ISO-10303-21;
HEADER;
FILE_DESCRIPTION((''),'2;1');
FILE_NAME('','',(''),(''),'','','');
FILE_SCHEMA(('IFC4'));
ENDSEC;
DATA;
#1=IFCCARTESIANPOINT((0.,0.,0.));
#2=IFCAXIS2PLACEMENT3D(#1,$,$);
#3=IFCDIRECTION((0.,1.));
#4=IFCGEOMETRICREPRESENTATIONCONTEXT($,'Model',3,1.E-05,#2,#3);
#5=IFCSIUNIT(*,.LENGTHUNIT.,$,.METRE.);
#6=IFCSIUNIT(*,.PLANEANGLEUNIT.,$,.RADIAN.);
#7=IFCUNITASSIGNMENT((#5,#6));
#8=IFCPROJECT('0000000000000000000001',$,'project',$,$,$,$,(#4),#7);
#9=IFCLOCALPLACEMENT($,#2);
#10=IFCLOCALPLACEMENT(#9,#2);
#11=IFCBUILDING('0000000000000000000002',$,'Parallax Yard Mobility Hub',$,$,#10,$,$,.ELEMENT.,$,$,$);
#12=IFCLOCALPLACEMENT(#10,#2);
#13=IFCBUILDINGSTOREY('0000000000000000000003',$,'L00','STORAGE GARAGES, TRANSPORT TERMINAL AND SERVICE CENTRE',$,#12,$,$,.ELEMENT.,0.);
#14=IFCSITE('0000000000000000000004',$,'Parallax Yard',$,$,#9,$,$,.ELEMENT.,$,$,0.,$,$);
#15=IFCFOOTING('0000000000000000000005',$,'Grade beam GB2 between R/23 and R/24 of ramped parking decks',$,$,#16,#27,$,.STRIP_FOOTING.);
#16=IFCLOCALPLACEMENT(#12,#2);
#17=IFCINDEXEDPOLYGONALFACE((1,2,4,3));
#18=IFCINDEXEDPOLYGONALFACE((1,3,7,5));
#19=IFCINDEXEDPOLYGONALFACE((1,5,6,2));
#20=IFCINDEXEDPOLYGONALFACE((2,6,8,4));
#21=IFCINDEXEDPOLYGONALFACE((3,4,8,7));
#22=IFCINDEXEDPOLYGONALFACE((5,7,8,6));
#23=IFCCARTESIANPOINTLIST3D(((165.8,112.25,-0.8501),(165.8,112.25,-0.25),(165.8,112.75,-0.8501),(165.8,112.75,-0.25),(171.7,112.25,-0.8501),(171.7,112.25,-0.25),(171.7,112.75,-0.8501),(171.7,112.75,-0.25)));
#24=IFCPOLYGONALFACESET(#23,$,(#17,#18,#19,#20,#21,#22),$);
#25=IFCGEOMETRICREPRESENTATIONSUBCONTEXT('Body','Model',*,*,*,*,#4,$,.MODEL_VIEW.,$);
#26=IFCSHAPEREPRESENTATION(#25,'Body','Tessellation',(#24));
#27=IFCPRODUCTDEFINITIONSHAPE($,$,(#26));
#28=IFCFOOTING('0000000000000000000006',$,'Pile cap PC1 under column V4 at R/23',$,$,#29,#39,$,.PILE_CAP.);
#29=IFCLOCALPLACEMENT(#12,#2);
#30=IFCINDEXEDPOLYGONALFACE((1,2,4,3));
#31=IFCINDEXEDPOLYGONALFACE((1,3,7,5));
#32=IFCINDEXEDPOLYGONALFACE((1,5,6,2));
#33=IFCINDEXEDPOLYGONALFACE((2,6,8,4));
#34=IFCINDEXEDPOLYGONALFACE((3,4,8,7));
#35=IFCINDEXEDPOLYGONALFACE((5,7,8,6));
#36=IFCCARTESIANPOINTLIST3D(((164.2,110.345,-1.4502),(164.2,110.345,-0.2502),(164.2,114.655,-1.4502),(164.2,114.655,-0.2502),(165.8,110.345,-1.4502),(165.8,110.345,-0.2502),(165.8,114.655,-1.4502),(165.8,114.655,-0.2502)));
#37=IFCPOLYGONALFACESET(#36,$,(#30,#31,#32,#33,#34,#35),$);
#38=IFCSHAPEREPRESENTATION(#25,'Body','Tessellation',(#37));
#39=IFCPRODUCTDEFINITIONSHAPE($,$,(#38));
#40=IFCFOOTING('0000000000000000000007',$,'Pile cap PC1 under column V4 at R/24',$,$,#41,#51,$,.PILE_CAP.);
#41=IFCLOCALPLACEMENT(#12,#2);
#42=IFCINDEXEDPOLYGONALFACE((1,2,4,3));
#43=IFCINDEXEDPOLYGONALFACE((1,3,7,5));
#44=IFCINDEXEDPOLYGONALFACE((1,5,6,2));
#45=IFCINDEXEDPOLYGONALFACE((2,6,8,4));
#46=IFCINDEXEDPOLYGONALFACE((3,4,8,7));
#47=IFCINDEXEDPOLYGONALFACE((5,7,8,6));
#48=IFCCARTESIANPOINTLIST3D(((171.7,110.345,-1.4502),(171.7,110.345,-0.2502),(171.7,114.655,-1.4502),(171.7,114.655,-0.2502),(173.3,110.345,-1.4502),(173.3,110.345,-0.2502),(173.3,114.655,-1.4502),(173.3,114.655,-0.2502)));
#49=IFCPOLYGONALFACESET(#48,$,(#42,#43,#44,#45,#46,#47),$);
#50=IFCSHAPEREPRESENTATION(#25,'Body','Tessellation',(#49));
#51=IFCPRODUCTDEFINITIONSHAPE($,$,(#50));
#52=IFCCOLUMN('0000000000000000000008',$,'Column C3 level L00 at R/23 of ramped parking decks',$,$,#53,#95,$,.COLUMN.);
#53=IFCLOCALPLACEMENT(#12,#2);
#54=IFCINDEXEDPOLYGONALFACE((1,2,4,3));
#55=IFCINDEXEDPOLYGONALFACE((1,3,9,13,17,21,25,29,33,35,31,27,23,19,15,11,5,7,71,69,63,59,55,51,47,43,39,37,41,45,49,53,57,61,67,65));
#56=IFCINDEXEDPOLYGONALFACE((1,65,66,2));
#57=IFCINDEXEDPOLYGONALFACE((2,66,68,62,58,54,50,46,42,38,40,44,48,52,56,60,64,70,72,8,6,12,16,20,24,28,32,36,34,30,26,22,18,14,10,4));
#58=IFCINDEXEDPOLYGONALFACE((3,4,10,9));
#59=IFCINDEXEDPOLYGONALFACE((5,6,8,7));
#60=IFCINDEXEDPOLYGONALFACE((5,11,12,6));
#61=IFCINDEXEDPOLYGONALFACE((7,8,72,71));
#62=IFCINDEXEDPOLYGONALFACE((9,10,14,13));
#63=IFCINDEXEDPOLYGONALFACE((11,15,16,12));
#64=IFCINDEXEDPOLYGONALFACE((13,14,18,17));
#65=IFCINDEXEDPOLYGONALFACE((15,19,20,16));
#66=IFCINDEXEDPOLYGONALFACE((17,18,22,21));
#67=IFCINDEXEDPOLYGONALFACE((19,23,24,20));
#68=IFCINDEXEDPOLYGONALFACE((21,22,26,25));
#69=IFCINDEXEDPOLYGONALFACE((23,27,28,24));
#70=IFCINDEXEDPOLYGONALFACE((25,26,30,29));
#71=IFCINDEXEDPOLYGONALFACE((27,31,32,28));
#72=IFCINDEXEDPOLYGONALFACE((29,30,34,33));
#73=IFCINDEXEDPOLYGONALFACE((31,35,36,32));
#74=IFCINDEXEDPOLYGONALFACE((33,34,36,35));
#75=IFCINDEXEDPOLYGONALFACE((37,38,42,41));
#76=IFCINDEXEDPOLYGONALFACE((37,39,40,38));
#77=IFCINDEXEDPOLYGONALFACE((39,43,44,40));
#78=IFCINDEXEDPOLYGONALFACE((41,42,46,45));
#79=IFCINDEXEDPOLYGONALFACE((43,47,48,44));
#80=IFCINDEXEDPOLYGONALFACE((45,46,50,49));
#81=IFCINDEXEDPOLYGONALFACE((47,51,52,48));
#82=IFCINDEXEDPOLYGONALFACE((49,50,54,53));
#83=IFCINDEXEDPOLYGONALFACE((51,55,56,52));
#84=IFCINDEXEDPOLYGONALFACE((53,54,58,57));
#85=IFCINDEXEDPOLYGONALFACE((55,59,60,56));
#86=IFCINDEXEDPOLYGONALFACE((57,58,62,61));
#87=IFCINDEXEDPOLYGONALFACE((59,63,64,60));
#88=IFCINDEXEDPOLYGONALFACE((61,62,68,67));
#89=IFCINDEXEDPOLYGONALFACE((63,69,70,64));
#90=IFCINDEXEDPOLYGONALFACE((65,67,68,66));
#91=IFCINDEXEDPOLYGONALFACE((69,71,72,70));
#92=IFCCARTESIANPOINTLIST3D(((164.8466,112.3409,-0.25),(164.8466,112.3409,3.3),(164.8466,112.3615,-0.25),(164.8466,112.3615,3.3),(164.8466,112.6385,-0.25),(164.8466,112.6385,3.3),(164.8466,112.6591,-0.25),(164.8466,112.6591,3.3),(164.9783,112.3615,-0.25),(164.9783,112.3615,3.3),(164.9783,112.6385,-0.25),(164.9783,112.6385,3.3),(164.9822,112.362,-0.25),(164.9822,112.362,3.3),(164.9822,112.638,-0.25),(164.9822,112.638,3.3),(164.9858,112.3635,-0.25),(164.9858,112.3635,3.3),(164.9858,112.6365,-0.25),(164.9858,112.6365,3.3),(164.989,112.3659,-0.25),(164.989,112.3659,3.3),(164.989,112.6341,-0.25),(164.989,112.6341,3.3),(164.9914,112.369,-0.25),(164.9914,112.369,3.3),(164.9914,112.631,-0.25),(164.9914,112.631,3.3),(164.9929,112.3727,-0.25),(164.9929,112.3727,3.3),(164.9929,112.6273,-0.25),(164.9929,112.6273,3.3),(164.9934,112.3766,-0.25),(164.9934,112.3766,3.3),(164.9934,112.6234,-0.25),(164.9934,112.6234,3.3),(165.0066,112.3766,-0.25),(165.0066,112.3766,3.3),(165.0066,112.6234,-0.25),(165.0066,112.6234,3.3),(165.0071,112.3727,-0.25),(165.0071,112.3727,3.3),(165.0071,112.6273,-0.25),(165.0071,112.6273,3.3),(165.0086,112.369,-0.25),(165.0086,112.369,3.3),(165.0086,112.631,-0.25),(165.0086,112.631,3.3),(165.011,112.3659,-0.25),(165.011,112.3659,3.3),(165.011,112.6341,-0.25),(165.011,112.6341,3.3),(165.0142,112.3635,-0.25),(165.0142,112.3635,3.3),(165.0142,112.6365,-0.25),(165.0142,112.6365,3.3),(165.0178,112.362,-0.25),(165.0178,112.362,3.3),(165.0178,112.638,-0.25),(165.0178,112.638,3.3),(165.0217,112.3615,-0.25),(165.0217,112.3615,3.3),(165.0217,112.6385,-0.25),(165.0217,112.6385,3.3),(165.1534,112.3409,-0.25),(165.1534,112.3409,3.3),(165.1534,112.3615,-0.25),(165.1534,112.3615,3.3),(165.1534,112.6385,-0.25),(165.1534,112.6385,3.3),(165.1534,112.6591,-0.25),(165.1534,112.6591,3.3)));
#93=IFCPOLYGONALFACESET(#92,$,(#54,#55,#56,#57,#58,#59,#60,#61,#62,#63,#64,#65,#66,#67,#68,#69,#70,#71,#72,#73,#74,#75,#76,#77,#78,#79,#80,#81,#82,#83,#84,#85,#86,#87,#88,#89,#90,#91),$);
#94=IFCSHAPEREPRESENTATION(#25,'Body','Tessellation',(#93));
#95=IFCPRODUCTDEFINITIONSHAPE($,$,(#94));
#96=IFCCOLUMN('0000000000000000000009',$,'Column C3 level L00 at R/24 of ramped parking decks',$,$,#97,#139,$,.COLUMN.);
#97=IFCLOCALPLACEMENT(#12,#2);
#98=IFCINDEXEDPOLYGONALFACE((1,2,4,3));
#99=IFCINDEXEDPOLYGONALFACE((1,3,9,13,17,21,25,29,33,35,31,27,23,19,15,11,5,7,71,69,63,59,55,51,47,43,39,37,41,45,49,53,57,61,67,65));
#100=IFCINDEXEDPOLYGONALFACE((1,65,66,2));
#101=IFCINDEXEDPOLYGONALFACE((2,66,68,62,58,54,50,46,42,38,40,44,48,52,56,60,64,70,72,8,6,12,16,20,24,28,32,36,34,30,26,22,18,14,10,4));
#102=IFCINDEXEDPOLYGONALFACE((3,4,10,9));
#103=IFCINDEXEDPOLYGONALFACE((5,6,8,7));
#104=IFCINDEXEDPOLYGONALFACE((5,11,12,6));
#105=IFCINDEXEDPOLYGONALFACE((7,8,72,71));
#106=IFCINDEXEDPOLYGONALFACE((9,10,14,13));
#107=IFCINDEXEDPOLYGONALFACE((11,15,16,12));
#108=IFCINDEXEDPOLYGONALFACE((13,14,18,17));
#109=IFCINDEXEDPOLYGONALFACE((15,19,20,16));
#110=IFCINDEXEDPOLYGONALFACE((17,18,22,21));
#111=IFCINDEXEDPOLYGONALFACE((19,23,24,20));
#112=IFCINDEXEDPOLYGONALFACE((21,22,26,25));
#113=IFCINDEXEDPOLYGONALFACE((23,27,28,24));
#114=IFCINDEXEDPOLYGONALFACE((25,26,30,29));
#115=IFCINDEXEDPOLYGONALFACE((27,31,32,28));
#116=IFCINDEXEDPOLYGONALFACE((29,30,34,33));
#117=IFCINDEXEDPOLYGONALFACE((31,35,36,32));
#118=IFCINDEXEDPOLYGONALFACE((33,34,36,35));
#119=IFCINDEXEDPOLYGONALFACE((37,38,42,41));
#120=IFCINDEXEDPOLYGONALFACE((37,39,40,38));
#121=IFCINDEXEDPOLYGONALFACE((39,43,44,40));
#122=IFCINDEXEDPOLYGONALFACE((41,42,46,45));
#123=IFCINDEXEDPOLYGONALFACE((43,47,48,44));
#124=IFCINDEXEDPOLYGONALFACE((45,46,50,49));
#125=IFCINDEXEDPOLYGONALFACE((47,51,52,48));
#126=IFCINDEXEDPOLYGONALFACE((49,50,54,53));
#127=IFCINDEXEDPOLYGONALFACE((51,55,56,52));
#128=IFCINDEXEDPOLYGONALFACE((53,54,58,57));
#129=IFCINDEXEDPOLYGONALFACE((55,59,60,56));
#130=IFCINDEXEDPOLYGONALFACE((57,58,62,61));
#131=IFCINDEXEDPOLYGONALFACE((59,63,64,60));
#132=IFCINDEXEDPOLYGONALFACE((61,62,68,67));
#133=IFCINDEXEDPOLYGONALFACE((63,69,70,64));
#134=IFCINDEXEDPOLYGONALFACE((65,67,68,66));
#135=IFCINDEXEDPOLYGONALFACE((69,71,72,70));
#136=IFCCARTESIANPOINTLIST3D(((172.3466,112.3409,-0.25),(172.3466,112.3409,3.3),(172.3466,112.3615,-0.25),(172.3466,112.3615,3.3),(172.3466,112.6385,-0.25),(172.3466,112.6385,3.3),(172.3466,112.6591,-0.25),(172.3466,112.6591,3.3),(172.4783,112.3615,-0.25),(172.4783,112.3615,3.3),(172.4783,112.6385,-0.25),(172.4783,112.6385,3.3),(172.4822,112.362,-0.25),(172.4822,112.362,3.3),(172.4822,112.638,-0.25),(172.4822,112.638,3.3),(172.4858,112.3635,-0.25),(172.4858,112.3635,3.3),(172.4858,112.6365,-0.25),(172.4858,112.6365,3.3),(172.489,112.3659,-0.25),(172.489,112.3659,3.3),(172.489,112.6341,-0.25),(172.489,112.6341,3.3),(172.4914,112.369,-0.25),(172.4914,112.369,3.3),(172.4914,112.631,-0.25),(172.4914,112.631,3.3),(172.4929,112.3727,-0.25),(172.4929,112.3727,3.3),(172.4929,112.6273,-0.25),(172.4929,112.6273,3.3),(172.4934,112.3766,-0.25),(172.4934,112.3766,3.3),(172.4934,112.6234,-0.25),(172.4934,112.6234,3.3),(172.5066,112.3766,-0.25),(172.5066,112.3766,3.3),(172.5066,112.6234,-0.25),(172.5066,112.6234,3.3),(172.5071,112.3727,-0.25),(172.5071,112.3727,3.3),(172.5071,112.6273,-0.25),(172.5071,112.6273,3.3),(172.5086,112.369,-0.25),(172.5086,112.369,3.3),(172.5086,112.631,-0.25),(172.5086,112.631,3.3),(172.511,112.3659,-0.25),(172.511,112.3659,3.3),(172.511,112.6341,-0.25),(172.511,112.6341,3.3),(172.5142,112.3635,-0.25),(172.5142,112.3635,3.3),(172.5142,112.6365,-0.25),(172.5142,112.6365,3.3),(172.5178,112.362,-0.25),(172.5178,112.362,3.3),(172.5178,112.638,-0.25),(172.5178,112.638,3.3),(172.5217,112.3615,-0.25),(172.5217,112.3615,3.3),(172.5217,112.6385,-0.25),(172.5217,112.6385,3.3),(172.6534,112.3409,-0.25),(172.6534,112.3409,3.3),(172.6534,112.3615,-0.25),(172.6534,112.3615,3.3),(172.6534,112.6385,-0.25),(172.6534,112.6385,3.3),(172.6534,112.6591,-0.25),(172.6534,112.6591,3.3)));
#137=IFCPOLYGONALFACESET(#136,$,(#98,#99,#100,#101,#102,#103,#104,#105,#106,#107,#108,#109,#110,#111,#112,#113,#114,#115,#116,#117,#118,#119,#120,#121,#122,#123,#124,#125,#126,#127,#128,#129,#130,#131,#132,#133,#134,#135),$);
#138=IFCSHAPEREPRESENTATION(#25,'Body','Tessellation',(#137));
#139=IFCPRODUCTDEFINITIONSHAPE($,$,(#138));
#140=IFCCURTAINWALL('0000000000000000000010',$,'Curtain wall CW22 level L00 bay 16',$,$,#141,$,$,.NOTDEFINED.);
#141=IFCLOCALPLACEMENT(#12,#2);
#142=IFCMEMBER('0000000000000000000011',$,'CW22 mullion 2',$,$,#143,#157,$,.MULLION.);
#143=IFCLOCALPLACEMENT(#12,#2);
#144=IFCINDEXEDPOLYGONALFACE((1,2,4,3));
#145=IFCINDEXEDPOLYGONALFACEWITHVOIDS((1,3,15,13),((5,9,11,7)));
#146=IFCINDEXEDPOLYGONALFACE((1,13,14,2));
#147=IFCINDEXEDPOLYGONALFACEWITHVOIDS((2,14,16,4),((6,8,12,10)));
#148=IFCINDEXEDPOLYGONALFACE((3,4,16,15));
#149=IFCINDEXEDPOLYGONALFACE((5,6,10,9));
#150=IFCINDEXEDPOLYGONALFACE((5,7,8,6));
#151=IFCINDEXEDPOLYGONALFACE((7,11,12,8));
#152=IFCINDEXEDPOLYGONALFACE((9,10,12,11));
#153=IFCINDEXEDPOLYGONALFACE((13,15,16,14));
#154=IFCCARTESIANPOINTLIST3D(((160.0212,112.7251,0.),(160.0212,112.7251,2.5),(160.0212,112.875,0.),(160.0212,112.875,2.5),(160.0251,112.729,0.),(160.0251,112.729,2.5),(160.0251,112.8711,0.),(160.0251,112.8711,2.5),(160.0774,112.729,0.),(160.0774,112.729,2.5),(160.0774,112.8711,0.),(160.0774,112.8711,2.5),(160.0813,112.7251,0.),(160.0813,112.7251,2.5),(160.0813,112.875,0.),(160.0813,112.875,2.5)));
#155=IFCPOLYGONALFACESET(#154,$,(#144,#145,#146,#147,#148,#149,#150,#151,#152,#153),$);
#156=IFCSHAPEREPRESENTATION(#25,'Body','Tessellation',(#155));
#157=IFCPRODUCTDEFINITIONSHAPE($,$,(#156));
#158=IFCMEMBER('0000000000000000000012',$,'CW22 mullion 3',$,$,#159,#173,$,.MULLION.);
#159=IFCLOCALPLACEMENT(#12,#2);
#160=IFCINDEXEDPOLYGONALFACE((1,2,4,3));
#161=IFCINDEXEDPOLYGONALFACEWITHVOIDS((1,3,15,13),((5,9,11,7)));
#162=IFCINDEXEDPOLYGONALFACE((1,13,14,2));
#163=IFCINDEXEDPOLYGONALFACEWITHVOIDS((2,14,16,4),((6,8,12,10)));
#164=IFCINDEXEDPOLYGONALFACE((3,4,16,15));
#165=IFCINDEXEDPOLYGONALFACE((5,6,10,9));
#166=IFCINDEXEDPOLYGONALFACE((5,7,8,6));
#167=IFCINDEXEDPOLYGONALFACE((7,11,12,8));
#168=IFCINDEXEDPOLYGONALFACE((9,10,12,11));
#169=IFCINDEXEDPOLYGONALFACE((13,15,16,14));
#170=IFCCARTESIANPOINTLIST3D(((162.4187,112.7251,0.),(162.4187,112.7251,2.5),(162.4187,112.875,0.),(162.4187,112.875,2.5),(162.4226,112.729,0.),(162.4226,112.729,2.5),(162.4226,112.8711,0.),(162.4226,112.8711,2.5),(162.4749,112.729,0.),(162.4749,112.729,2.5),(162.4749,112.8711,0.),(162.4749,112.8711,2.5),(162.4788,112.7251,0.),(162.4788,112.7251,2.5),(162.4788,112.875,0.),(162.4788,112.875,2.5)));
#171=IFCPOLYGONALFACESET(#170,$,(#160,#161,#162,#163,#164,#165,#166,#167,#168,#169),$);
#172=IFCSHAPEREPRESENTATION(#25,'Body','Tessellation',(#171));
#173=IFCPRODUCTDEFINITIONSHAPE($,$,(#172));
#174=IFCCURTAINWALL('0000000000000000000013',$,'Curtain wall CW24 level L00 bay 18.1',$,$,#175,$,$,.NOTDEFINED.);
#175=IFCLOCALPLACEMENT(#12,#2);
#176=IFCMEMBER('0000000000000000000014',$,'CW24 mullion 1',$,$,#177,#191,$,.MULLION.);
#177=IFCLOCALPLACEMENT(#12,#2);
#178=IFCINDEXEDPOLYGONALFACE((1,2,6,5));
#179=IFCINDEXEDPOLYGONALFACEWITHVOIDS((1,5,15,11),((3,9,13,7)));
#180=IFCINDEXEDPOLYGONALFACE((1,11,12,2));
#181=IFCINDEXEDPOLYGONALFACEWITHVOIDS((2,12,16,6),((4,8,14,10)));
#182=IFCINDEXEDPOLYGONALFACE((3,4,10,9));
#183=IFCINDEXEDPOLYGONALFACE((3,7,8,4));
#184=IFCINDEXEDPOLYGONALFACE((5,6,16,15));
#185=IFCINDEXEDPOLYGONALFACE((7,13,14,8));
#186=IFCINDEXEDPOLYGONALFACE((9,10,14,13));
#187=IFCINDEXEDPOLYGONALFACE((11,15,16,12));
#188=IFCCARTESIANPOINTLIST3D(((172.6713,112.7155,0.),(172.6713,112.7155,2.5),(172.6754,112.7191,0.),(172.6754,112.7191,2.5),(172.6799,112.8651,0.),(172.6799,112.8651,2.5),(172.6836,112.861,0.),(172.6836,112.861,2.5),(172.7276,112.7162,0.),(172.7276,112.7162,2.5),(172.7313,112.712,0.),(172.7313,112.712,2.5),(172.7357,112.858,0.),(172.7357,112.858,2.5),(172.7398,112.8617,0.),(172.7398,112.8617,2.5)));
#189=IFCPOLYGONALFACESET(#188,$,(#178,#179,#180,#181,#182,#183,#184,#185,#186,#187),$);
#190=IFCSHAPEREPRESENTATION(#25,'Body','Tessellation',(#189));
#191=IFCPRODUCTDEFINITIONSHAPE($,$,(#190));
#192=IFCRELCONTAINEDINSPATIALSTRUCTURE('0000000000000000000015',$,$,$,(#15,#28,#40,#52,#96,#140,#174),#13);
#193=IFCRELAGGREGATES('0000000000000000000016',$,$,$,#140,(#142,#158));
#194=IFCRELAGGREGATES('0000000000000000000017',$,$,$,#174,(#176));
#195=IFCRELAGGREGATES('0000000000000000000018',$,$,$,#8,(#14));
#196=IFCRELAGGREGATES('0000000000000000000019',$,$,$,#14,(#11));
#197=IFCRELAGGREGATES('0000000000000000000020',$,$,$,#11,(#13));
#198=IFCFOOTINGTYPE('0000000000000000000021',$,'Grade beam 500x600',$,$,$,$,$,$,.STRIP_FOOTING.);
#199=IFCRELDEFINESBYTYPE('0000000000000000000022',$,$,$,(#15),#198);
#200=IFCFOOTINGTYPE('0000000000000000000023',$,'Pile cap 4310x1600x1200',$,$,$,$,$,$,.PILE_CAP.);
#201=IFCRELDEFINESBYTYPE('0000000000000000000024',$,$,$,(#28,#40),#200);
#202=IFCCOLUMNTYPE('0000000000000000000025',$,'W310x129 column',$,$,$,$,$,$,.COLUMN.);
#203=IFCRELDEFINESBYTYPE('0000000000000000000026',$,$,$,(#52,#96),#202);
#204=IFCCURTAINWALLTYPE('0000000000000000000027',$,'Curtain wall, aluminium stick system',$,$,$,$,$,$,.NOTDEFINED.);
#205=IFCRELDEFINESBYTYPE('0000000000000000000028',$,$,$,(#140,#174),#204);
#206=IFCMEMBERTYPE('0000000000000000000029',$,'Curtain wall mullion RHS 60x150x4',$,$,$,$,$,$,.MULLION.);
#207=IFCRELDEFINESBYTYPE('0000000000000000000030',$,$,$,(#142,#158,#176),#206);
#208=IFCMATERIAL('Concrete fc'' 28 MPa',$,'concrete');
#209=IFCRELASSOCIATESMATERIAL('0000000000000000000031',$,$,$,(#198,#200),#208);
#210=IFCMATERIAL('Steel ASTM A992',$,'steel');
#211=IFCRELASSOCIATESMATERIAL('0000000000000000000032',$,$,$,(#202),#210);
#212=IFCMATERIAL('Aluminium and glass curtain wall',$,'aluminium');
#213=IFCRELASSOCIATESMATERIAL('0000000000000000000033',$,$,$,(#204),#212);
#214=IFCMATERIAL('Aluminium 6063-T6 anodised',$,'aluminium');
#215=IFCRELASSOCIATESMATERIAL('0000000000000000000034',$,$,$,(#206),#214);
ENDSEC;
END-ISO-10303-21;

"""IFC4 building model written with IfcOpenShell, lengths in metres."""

from ifc_helpers import new_model, si_unit, direction, frame, origin, origin_2d, place, context, subcontext, project, spatial, rectangle, hollow_rectangle, i_section, extrude, material, material_profile, profile_set, type_object, element, aggregate, save


model = new_model("IFC4")

# Units and contexts
model_context = context("Model", 3, precision=1e-05, world=origin(), true_north=direction((0.0, 1.0)))
body_context = subcontext(model_context, "Body", "Model", "MODEL_VIEW")
ifc_project = project(units=[si_unit("LENGTHUNIT", "METRE"), si_unit("PLANEANGLEUNIT", "RADIAN")], contexts=[model_context])

# Site, building, storey
site_placement = place(None, origin())
site = spatial("IfcSite", under=ifc_project, at=site_placement, Name="Parallax Yard", CompositionType="ELEMENT", RefElevation=0.0)
building_placement = place(site_placement, origin())
building = spatial("IfcBuilding", under=site, at=building_placement, Name="Parallax Yard Mobility Hub", CompositionType="ELEMENT")
storey_placement = place(building_placement, origin())
storey = spatial("IfcBuildingStorey", under=building, at=storey_placement, Name="L00", Description="STORAGE GARAGES, TRANSPORT TERMINAL AND SERVICE CENTRE", CompositionType="ELEMENT", Elevation=0.0)

# Footings
ifc_material_1 = material(Name="Concrete fc' 28 MPa", Category="concrete")
ifc_material_profile_1 = material_profile(ifc_material_1, rectangle(XDim=0.5, YDim=0.6001, at=origin_2d()), Name="Grade beam 500x600")
ifc_profile_set_1 = profile_set([ifc_material_profile_1], Name="Concrete fc' 28 MPa")
footing_type_1 = type_object("IfcFootingType", Name="Grade beam 500x600", PredefinedType="STRIP_FOOTING", material=ifc_profile_set_1)
footing_placement = place(storey_placement, frame((165.8, 112.5, -0.55), z_axis=(1.0, 0.0, 0.0), x_axis=(0.0, 1.0, 0.0)))
element("IfcFooting", 1, at=footing_placement, inside=storey, type_object=footing_type_1, Name="Grade beam GB2 between R/23 and R/24 of ramped parking decks", PredefinedType="STRIP_FOOTING", context=body_context, shape_type="SweptSolid", body=[
    extrude(rectangle(XDim=0.5, YDim=0.6001, at=origin_2d()), origin(), (0.0, 0.0, 1.0), 5.8999),
])
footing_type_2 = type_object("IfcFootingType", Name="Pile cap 4310x1600x1200", PredefinedType="PILE_CAP", material=ifc_material_1)
for number, where, z_axis, x_axis, name in (
    (2, (165.0, 112.5, -1.4502), (0.0, 0.0, 1.0), (0.0, 1.0, 0.0), "Pile cap PC1 under column V4 at R/23"),
    (3, (172.5, 112.5, -1.4502), (0.0, 0.0, 1.0), (0.0, 1.0, 0.0), "Pile cap PC1 under column V4 at R/24"),
):
    element("IfcFooting", number, at=place(storey_placement, frame(where, z_axis=z_axis, x_axis=x_axis)), inside=storey, type_object=footing_type_2, Name=name, PredefinedType="PILE_CAP", context=body_context, shape_type="SweptSolid", body=[
        extrude(rectangle(XDim=4.3101, YDim=1.6001, at=origin_2d()), origin(), (0.0, 0.0, 1.0), 1.2),
    ])

# Columns
ifc_material_2 = material(Name="Steel ASTM A992", Category="steel")
ifc_material_profile_2 = material_profile(ifc_material_2, i_section(OverallWidth=0.3069, OverallDepth=0.3181, WebThickness=0.0132, FlangeThickness=0.0205, FilletRadius=0.0151, at=origin_2d()), Name="W310x129")
ifc_profile_set_2 = profile_set([ifc_material_profile_2], Name="Steel ASTM A992")
column_type = type_object("IfcColumnType", Name="W310x129 column", PredefinedType="COLUMN", material=ifc_profile_set_2)
for number, where, z_axis, x_axis, name in (
    (4, (165.0, 112.5, -0.25), (0.0, 0.0, 1.0), (1.0, 0.0, 0.0), "Column C3 level L00 at R/23 of ramped parking decks"),
    (5, (172.5, 112.5, -0.25), (0.0, 0.0, 1.0), (1.0, 0.0, 0.0), "Column C3 level L00 at R/24 of ramped parking decks"),
):
    element("IfcColumn", number, at=place(storey_placement, frame(where, z_axis=z_axis, x_axis=x_axis)), inside=storey, type_object=column_type, Name=name, PredefinedType="COLUMN", context=body_context, shape_type="SweptSolid", body=[
        extrude(i_section(OverallWidth=0.3069, OverallDepth=0.3181, WebThickness=0.0132, FlangeThickness=0.0205, FilletRadius=0.0151, at=origin_2d()), origin(), (0.0, 0.0, 1.0), 3.55),
    ])

# Curtain walls, members
ifc_material_3 = material(Name="Aluminium and glass curtain wall", Category="aluminium")
curtain_wall_type = type_object("IfcCurtainWallType", Name="Curtain wall, aluminium stick system", PredefinedType="NOTDEFINED", material=ifc_material_3)
curtain_wall_1_placement = place(storey_placement, origin())
curtain_wall_1 = element("IfcCurtainWall", 6, at=curtain_wall_1_placement, inside=storey, type_object=curtain_wall_type, Name="Curtain wall CW22 level L00 bay 16", PredefinedType="NOTDEFINED")
ifc_material_4 = material(Name="Aluminium 6063-T6 anodised", Category="aluminium")
ifc_material_profile_3 = material_profile(ifc_material_4, hollow_rectangle(XDim=0.1499, YDim=0.0601, WallThickness=0.0039, at=origin_2d()), Name="RHS 60x150x4")
ifc_profile_set_3 = profile_set([ifc_material_profile_3], Name="Aluminium 6063-T6 anodised")
member_type_1 = type_object("IfcMemberType", Name="Curtain wall mullion RHS 60x150x4", PredefinedType="MULLION", material=ifc_profile_set_3)
member_1_placement = place(storey_placement, frame((160.0513, 112.8, 0.0), z_axis=(0.0, 0.0, 1.0), x_axis=(0.0, 1.0, 0.0)))
member_1 = element("IfcMember", 7, at=member_1_placement, type_object=member_type_1, Name="CW22 mullion 2", PredefinedType="MULLION", context=body_context, shape_type="SweptSolid", body=[
    extrude(hollow_rectangle(XDim=0.1499, YDim=0.0601, WallThickness=0.0039, at=origin_2d()), origin(), (0.0, 0.0, 1.0), 2.5),
])
member_2_placement = place(storey_placement, frame((162.4487, 112.8, 0.0), z_axis=(0.0, 0.0, 1.0), x_axis=(0.0, 1.0, 0.0)))
member_2 = element("IfcMember", 8, at=member_2_placement, type_object=member_type_1, Name="CW22 mullion 3", PredefinedType="MULLION", context=body_context, shape_type="SweptSolid", body=[
    extrude(hollow_rectangle(XDim=0.1499, YDim=0.0601, WallThickness=0.0039, at=origin_2d()), origin(), (0.0, 0.0, 1.0), 2.5),
])
curtain_wall_2_placement = place(storey_placement, origin())
curtain_wall_2 = element("IfcCurtainWall", 9, at=curtain_wall_2_placement, inside=storey, type_object=curtain_wall_type, Name="Curtain wall CW24 level L00 bay 18.1", PredefinedType="NOTDEFINED")
member_3_placement = place(storey_placement, frame((172.7056, 112.7886, 0.0), z_axis=(0.0, 0.0, 1.0), x_axis=(0.057237, 0.998361, 0.0)))
member_3 = element("IfcMember", 10, at=member_3_placement, type_object=member_type_1, Name="CW24 mullion 1", PredefinedType="MULLION", context=body_context, shape_type="SweptSolid", body=[
    extrude(hollow_rectangle(XDim=0.1499, YDim=0.0601, WallThickness=0.0039, at=origin_2d()), origin(), (0.0, 0.0, 1.0), 2.5),
])

aggregate(curtain_wall_1, [member_1, member_2])
aggregate(curtain_wall_2, [member_3])

save(model, "model.ifc")
